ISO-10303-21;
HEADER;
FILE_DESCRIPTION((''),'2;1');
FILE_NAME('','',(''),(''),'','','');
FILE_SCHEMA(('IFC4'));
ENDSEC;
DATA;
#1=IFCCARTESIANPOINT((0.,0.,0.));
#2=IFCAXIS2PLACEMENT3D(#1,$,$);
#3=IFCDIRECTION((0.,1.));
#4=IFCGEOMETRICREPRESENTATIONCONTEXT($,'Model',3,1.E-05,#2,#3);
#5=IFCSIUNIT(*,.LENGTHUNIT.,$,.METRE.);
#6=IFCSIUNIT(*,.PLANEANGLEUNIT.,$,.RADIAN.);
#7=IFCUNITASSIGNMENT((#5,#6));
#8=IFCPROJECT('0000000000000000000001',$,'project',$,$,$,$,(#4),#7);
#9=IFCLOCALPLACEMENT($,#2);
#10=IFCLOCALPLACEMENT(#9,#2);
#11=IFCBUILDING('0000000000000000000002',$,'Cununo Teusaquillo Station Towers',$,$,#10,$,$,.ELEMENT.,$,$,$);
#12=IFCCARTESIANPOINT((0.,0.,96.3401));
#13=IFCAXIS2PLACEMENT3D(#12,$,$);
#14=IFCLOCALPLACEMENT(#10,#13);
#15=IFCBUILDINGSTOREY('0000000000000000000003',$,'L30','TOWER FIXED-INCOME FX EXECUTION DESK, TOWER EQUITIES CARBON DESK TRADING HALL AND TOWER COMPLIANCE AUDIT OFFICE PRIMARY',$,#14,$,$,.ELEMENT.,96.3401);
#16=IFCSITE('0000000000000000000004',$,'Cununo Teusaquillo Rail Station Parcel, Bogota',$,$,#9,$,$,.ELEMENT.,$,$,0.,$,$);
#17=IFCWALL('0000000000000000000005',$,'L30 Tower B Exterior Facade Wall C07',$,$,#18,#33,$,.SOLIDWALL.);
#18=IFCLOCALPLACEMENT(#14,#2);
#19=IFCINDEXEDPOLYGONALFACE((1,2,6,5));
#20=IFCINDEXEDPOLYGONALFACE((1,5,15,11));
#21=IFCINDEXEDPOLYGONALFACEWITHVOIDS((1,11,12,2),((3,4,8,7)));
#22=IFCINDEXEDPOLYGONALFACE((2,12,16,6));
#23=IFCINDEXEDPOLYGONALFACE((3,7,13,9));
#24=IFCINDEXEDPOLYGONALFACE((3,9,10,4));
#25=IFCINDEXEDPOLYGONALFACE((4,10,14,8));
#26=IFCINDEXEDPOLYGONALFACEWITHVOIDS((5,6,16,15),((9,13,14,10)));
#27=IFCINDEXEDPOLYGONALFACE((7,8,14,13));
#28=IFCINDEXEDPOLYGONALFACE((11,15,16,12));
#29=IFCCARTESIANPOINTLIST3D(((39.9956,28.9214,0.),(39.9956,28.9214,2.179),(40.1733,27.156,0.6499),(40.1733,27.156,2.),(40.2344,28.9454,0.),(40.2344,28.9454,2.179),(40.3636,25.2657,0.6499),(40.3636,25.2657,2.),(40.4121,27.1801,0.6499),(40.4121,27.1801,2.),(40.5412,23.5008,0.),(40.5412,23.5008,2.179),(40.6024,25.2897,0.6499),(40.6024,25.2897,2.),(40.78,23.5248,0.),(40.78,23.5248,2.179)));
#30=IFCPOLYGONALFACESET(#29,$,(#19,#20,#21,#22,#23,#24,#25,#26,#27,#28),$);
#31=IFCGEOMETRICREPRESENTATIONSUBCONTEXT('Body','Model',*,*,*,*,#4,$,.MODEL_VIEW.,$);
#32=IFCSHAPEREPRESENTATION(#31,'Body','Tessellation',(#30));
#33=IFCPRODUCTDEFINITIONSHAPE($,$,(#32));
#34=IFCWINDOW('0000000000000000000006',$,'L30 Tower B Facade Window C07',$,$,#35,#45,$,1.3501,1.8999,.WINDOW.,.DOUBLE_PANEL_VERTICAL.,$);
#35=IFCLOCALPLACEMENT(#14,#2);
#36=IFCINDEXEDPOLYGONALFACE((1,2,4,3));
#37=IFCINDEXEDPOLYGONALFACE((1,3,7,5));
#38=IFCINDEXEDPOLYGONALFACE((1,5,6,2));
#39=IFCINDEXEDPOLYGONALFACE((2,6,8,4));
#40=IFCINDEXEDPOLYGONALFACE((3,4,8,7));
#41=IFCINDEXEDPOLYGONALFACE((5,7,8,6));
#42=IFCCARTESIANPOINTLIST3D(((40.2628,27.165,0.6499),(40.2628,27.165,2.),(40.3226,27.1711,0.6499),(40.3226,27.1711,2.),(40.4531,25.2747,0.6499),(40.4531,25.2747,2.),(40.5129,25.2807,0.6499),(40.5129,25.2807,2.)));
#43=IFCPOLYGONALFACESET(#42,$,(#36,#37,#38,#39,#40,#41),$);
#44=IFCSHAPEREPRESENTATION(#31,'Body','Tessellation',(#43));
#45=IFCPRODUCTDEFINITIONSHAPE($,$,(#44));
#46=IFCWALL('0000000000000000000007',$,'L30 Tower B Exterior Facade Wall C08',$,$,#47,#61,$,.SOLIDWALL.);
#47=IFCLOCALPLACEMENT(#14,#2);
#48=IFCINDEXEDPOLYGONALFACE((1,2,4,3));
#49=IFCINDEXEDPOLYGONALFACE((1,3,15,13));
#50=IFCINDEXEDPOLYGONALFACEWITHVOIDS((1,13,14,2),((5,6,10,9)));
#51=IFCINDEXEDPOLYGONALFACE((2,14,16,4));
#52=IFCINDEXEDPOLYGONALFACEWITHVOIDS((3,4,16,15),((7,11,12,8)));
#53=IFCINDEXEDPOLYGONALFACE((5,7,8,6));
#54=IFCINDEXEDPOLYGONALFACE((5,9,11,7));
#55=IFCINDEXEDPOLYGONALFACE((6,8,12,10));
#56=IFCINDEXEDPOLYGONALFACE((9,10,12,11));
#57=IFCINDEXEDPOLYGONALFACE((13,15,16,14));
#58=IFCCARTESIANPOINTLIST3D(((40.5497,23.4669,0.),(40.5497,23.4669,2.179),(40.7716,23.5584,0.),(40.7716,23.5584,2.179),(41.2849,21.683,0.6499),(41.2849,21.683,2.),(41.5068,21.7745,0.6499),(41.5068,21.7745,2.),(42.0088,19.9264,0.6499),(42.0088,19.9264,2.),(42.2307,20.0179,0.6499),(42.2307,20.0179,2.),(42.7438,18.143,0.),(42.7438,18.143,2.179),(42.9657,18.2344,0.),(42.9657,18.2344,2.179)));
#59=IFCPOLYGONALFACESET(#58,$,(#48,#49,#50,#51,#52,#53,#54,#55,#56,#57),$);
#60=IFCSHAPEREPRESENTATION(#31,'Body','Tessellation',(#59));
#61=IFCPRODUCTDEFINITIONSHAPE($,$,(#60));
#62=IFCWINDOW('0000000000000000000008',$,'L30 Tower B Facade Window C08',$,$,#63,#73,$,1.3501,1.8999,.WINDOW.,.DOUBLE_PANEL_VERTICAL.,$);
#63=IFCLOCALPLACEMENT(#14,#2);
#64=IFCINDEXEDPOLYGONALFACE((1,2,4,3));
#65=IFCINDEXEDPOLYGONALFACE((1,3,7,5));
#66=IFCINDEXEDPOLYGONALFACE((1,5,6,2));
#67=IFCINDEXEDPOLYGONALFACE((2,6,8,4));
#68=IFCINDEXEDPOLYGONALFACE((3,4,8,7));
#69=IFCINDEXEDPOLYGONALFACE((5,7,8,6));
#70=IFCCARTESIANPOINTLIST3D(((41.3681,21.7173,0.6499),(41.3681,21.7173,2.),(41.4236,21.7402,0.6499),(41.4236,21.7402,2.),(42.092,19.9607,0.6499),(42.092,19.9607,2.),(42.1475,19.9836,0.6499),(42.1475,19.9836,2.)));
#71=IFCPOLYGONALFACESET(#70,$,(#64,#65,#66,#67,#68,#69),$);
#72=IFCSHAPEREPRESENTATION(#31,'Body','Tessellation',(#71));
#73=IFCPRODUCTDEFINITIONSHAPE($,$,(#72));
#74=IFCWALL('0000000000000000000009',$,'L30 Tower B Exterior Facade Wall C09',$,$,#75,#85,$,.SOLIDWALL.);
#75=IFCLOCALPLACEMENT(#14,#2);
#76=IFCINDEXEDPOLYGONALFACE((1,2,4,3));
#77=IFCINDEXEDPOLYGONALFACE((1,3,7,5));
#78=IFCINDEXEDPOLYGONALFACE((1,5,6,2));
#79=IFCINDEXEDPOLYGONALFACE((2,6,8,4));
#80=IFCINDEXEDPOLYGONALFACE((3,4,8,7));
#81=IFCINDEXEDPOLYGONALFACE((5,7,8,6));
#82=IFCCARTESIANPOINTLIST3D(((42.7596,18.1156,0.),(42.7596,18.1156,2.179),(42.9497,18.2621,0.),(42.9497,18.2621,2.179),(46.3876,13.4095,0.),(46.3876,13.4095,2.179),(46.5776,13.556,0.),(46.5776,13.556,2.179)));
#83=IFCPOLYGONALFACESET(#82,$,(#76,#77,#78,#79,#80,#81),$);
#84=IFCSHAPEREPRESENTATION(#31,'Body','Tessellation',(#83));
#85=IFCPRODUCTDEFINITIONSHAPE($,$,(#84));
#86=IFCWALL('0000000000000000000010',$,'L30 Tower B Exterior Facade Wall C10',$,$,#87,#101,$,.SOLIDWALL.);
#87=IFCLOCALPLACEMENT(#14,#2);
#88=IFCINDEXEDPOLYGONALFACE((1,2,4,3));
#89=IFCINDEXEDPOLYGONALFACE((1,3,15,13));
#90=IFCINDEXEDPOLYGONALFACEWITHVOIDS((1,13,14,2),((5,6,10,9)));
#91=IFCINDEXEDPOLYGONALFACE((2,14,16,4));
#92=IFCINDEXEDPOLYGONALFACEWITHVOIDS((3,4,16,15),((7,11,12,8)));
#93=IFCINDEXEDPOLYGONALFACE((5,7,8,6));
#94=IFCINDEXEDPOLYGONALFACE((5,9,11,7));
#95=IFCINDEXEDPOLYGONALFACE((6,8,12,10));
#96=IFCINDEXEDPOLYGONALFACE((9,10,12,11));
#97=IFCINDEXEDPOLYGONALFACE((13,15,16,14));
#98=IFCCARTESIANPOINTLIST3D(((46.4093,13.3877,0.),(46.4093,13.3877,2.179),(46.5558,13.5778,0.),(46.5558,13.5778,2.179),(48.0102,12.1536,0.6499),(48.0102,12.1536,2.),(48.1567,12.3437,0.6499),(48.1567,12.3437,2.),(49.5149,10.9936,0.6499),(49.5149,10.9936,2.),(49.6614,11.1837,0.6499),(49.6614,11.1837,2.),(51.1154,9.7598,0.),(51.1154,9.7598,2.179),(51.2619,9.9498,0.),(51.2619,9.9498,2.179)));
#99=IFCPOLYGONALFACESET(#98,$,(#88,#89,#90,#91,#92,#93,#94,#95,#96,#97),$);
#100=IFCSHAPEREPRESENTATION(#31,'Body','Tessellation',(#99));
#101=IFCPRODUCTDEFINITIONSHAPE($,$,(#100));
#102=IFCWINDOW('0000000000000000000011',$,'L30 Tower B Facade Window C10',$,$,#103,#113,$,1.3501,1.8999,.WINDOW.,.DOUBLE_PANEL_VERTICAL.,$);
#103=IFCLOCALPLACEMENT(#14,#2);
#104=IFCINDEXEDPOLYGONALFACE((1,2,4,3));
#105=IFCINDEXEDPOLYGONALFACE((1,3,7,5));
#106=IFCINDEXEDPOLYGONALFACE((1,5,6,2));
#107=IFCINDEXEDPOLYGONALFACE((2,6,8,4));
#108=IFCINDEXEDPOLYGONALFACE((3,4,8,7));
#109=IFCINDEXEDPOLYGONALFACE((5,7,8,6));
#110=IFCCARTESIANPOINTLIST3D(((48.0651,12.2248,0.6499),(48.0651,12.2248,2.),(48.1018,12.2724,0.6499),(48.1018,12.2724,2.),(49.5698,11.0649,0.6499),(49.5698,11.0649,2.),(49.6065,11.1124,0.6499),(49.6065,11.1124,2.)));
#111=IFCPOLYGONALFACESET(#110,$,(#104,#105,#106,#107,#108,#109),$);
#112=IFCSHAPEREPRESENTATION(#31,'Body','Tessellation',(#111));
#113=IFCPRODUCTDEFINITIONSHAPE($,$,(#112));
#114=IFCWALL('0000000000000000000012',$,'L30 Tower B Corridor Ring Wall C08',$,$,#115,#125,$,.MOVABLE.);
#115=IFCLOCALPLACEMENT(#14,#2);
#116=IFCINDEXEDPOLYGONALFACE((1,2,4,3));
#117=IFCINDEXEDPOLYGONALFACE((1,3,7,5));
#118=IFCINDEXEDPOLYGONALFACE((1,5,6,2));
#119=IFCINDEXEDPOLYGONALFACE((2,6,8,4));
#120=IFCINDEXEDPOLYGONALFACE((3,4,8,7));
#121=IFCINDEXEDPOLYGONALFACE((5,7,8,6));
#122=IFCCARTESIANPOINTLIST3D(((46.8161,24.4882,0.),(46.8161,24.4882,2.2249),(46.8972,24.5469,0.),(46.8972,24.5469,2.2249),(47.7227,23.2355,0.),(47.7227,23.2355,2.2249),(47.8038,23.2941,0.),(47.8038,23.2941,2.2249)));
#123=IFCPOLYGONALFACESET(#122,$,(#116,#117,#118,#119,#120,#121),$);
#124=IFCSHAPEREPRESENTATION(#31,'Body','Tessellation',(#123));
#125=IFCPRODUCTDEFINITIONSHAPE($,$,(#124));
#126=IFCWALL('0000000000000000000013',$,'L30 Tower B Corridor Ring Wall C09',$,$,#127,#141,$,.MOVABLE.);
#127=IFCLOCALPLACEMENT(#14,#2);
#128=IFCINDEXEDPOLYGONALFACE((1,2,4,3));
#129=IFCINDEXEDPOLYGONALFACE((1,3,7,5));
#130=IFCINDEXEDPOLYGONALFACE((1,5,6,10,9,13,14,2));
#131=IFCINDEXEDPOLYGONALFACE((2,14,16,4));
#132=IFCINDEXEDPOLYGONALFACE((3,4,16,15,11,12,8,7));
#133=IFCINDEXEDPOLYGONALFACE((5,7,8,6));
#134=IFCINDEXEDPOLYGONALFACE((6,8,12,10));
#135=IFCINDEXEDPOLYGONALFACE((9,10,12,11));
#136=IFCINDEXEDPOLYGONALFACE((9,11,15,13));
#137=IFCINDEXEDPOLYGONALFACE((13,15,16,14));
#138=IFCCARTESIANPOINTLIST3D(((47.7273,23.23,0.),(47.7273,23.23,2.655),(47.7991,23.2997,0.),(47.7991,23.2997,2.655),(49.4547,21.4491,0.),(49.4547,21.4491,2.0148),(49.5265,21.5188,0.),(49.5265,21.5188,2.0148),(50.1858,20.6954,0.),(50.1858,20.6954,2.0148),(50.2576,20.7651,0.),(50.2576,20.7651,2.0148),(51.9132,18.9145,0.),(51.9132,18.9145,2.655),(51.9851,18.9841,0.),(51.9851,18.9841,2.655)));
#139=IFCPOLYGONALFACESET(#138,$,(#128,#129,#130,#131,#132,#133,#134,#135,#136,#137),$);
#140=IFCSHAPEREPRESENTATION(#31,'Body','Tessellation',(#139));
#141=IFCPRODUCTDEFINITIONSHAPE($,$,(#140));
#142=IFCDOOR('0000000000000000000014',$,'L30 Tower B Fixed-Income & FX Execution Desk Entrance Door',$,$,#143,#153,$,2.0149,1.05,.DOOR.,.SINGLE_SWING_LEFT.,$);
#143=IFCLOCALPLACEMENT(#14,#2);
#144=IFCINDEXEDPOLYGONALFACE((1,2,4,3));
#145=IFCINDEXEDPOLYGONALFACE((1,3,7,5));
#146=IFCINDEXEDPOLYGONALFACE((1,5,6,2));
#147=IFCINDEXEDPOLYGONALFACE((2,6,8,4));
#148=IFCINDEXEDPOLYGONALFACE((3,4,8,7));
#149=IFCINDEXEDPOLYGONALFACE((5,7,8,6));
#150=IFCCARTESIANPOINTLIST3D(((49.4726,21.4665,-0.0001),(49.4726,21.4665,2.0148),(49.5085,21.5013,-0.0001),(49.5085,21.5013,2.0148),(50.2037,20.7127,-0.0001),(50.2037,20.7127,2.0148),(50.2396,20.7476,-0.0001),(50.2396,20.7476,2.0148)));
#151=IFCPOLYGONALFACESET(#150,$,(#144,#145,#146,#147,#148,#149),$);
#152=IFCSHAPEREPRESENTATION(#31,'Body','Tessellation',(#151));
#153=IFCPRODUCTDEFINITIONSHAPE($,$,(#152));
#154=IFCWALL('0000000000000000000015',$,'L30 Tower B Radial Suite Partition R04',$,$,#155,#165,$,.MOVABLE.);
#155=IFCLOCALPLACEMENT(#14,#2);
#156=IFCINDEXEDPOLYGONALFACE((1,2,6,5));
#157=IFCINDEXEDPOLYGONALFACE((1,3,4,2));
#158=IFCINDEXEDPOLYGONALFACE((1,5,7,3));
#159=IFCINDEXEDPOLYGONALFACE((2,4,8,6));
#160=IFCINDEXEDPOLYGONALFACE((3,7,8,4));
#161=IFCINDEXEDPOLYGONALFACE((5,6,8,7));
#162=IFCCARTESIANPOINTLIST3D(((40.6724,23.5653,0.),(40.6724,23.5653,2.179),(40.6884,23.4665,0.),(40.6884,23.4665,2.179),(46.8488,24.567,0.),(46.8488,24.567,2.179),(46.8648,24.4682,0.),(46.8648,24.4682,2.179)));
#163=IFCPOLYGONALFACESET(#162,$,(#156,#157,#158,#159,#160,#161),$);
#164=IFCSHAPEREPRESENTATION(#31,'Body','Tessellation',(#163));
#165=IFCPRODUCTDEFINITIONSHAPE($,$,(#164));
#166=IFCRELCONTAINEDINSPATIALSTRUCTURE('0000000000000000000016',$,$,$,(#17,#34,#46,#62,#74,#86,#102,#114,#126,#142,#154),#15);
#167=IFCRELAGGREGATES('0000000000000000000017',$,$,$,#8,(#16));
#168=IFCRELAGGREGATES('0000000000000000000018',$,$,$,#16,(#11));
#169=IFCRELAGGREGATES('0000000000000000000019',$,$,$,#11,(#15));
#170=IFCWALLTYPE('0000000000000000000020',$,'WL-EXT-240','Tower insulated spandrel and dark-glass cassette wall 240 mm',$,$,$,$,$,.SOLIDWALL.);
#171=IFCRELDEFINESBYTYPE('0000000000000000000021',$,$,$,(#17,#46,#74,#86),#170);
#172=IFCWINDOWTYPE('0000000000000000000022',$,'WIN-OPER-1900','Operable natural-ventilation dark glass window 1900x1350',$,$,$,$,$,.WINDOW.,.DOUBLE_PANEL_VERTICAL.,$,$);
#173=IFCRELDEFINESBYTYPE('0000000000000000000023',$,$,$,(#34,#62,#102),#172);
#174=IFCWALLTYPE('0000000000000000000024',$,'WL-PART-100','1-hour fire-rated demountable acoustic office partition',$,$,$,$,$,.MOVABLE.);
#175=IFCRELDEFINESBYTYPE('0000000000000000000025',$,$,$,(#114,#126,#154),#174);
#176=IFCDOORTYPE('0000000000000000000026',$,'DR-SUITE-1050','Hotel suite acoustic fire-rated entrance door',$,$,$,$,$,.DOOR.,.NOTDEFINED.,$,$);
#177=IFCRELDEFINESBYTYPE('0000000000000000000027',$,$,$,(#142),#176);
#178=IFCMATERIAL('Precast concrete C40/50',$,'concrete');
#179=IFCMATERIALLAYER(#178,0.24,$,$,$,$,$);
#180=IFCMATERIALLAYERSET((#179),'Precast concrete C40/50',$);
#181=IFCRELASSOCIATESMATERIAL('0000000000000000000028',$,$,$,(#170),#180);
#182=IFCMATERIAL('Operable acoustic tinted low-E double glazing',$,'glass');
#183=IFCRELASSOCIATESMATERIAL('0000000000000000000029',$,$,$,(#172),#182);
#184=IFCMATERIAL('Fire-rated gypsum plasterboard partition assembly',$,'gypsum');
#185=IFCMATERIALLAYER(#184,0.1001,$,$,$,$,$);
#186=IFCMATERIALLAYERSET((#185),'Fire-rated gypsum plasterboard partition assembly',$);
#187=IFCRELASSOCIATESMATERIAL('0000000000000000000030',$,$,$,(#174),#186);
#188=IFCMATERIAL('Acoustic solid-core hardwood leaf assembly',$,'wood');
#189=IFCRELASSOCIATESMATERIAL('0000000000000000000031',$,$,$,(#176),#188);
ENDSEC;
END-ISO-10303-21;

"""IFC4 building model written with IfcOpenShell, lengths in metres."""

from ifc_helpers import new_model, si_unit, direction, frame, frame_2d, origin, place, context, subcontext, project, spatial, rectangle, extrude, source, transform, mapped, material, layer, layer_set, type_object, element, fill, save


model = new_model("IFC4")

# Units and contexts
model_context = context("Model", 3, precision=1e-05, world=origin(), true_north=direction((0.0, 1.0)))
body_context = subcontext(model_context, "Body", "Model", "MODEL_VIEW")
ifc_project = project(units=[si_unit("LENGTHUNIT", "METRE"), si_unit("PLANEANGLEUNIT", "RADIAN")], contexts=[model_context])

# Site, building, storey
site_placement = place(None, origin())
site = spatial("IfcSite", under=ifc_project, at=site_placement, Name="Cununo Teusaquillo Rail Station Parcel, Bogota", CompositionType="ELEMENT", RefElevation=0.0)
building_placement = place(site_placement, origin())
building = spatial("IfcBuilding", under=site, at=building_placement, Name="Cununo Teusaquillo Station Towers", CompositionType="ELEMENT")
storey_placement = place(building_placement, frame((0.0, 0.0, 96.3401)))
storey = spatial("IfcBuildingStorey", under=building, at=storey_placement, Name="L30", Description="TOWER FIXED-INCOME FX EXECUTION DESK, TOWER EQUITIES CARBON DESK TRADING HALL AND TOWER COMPLIANCE AUDIT OFFICE PRIMARY", CompositionType="ELEMENT", Elevation=96.3401)

# Shared definitions
ifc_material_1 = material(Name="Precast concrete C40/50", Category="concrete")
ifc_layer_1 = layer(ifc_material_1, 0.24)
ifc_layer_set_1 = layer_set([ifc_layer_1], Name="Precast concrete C40/50")
wall_type_1 = type_object("IfcWallType", Name="WL-EXT-240", Description="Tower insulated spandrel and dark-glass cassette wall 240 mm", PredefinedType="SOLIDWALL", material=ifc_layer_set_1)

# Walls, openings, windows
shared_shape_1 = source(origin(), body_context, "Body", "SweptSolid", [
    extrude(rectangle(XDim=1.8999, YDim=1.3501, at=frame_2d((0.95, 0.675))), frame((0.0, 0.1299, 0.0), z_axis=(0.0, -1.0, 0.0), x_axis=(1.0, 0.0, 0.0)), (0.0, 0.0, 1.0), 0.26),
])
ifc_material_2 = material(Name="Operable acoustic tinted low-E double glazing", Category="glass")
window_type = type_object("IfcWindowType", Name="WIN-OPER-1900", Description="Operable natural-ventilation dark glass window 1900x1350", PartitioningType="DOUBLE_PANEL_VERTICAL", PredefinedType="WINDOW", material=ifc_material_2)
shared_shape_2 = source(origin(), body_context, "Body", "SweptSolid", [
    extrude(rectangle(XDim=1.8999, YDim=1.3501, at=frame_2d((0.95, 0.675))), frame((0.0, 0.03, 0.0), z_axis=(0.0, -1.0, 0.0), x_axis=(1.0, 0.0, 0.0)), (0.0, 0.0, 1.0), 0.0601),
])
wall_1_placement = place(storey_placement, frame((40.6606, 23.5127, 0.0), z_axis=(0.0, 0.0, 1.0), x_axis=(-0.100156, 0.994972, 0.0)))
wall_1 = element("IfcWall", 1, at=wall_1_placement, inside=storey, type_object=wall_type_1, Name="L30 Tower B Exterior Facade Wall C07", PredefinedType="SOLIDWALL", context=body_context, shape_type="SweptSolid", body=[
    extrude(rectangle(XDim=5.448, YDim=0.24, at=frame_2d((2.7241, 0.0))), origin(), (0.0, 0.0, 1.0), 2.179),
])
opening_1_placement = place(wall_1_placement, frame((1.7739, 0.0, 0.6499)))
opening_1 = element("IfcOpeningElement", 2, at=opening_1_placement, cuts=wall_1, PredefinedType="OPENING", context=body_context, shape_type="MappedRepresentation", body=[
    mapped(shared_shape_1, transform((0.0, 0.0, 0.0), x_axis=(1.0, 0.0, 0.0), y_axis=(0.0, 1.0, 0.0), z_axis=(0.0, 0.0, 1.0), scale=1.0)),
])
window_1_placement = place(opening_1_placement, origin())
window_1 = element("IfcWindow", 3, at=window_1_placement, inside=storey, type_object=window_type, Name="L30 Tower B Facade Window C07", OverallHeight=1.3501, OverallWidth=1.8999, PartitioningType="DOUBLE_PANEL_VERTICAL", PredefinedType="WINDOW", context=body_context, shape_type="MappedRepresentation", body=[
    mapped(shared_shape_2, transform((0.0, 0.0, 0.0), x_axis=(1.0, 0.0, 0.0), y_axis=(0.0, 1.0, 0.0), z_axis=(0.0, 0.0, 1.0), scale=1.0)),
])
fill(opening_1, window_1)
wall_2_placement = place(storey_placement, frame((42.8547, 18.1887, 0.0), z_axis=(0.0, 0.0, 1.0), x_axis=(-0.381027, 0.924564, 0.0)))
wall_2 = element("IfcWall", 4, at=wall_2_placement, inside=storey, type_object=wall_type_1, Name="L30 Tower B Exterior Facade Wall C08", PredefinedType="SOLIDWALL", context=body_context, shape_type="SweptSolid", body=[
    extrude(rectangle(XDim=5.7583, YDim=0.24, at=frame_2d((2.8792, 0.0))), origin(), (0.0, 0.0, 1.0), 2.179),
])
opening_2_placement = place(wall_2_placement, frame((1.929, 0.0, 0.6499)))
opening_2 = element("IfcOpeningElement", 5, at=opening_2_placement, cuts=wall_2, PredefinedType="OPENING", context=body_context, shape_type="MappedRepresentation", body=[
    mapped(shared_shape_1, transform((0.0, 0.0, 0.0), x_axis=(1.0, 0.0, 0.0), y_axis=(0.0, 1.0, 0.0), z_axis=(0.0, 0.0, 1.0), scale=1.0)),
])
window_2_placement = place(opening_2_placement, origin())
window_2 = element("IfcWindow", 6, at=window_2_placement, inside=storey, type_object=window_type, Name="L30 Tower B Facade Window C08", OverallHeight=1.3501, OverallWidth=1.8999, PartitioningType="DOUBLE_PANEL_VERTICAL", PredefinedType="WINDOW", context=body_context, shape_type="MappedRepresentation", body=[
    mapped(shared_shape_2, transform((0.0, 0.0, 0.0), x_axis=(1.0, 0.0, 0.0), y_axis=(0.0, 1.0, 0.0), z_axis=(0.0, 0.0, 1.0), scale=1.0)),
])
fill(opening_2, window_2)

# Wall
wall_3_placement = place(storey_placement, frame((46.4827, 13.4827, 0.0), z_axis=(0.0, 0.0, 1.0), x_axis=(-0.610544, 0.791982, 0.0)))
element("IfcWall", 7, at=wall_3_placement, inside=storey, type_object=wall_type_1, Name="L30 Tower B Exterior Facade Wall C09", PredefinedType="SOLIDWALL", context=body_context, shape_type="SweptSolid", body=[
    extrude(rectangle(XDim=5.9421, YDim=0.24, at=frame_2d((2.9712, 0.0))), origin(), (0.0, 0.0, 1.0), 2.179),
])

# Wall, opening, window
wall_4_placement = place(storey_placement, frame((51.1887, 9.8547, 0.0), z_axis=(0.0, 0.0, 1.0), x_axis=(-0.791982, 0.610544, 0.0)))
wall_4 = element("IfcWall", 8, at=wall_4_placement, inside=storey, type_object=wall_type_1, Name="L30 Tower B Exterior Facade Wall C10", PredefinedType="SOLIDWALL", context=body_context, shape_type="SweptSolid", body=[
    extrude(rectangle(XDim=5.9421, YDim=0.24, at=frame_2d((2.9712, 0.0))), origin(), (0.0, 0.0, 1.0), 2.179),
])
opening_3_placement = place(wall_4_placement, frame((2.021, 0.0, 0.6499)))
opening_3 = element("IfcOpeningElement", 9, at=opening_3_placement, cuts=wall_4, PredefinedType="OPENING", context=body_context, shape_type="MappedRepresentation", body=[
    mapped(shared_shape_1, transform((0.0, 0.0, 0.0), x_axis=(1.0, 0.0, 0.0), y_axis=(0.0, 1.0, 0.0), z_axis=(0.0, 0.0, 1.0), scale=1.0)),
])
window_3_placement = place(opening_3_placement, origin())
window_3 = element("IfcWindow", 10, at=window_3_placement, inside=storey, type_object=window_type, Name="L30 Tower B Facade Window C10", OverallHeight=1.3501, OverallWidth=1.8999, PartitioningType="DOUBLE_PANEL_VERTICAL", PredefinedType="WINDOW", context=body_context, shape_type="MappedRepresentation", body=[
    mapped(shared_shape_2, transform((0.0, 0.0, 0.0), x_axis=(1.0, 0.0, 0.0), y_axis=(0.0, 1.0, 0.0), z_axis=(0.0, 0.0, 1.0), scale=1.0)),
])
fill(opening_3, window_3)

# Wall
ifc_material_3 = material(Name="Fire-rated gypsum plasterboard partition assembly", Category="gypsum")
ifc_layer_2 = layer(ifc_material_3, 0.1001)
ifc_layer_set_2 = layer_set([ifc_layer_2], Name="Fire-rated gypsum plasterboard partition assembly")
wall_type_2 = type_object("IfcWallType", Name="WL-PART-100", Description="1-hour fire-rated demountable acoustic office partition", PredefinedType="MOVABLE", material=ifc_layer_set_2)
wall_5_placement = place(storey_placement, frame((46.8567, 24.5176, 0.0), z_axis=(0.0, 0.0, 1.0), x_axis=(0.586245, -0.810133, 0.0)))
element("IfcWall", 11, at=wall_5_placement, inside=storey, type_object=wall_type_2, Name="L30 Tower B Corridor Ring Wall C08", PredefinedType="MOVABLE", context=body_context, shape_type="SweptSolid", body=[
    extrude(rectangle(XDim=1.5464, YDim=0.1001, at=frame_2d((0.7732, 0.0))), origin(), (0.0, 0.0, 1.0), 2.2249),
])

# Wall, opening, door
wall_6_placement = place(storey_placement, frame((47.7632, 23.2649, 0.0), z_axis=(0.0, 0.0, 1.0), x_axis=(0.696243, -0.717806, 0.0)))
wall_6 = element("IfcWall", 12, at=wall_6_placement, inside=storey, type_object=wall_type_2, Name="L30 Tower B Corridor Ring Wall C09", PredefinedType="MOVABLE", context=body_context, shape_type="SweptSolid", body=[
    extrude(rectangle(XDim=6.0122, YDim=0.1001, at=frame_2d((3.0061, 0.0))), origin(), (0.0, 0.0, 1.0), 2.655),
])
shared_shape_3 = source(origin(), body_context, "Body", "SweptSolid", [
    extrude(rectangle(XDim=1.05, YDim=2.0149, at=frame_2d((0.5249, 1.0073))), frame((0.0, 0.0601, 0.0), z_axis=(0.0, -1.0, 0.0), x_axis=(1.0, 0.0, 0.0)), (0.0, 0.0, 1.0), 0.1201),
])
opening_4_placement = place(wall_6_placement, frame((2.4812, 0.0, 0.0)))
opening_4 = element("IfcOpeningElement", 13, at=opening_4_placement, cuts=wall_6, PredefinedType="OPENING", context=body_context, shape_type="MappedRepresentation", body=[
    mapped(shared_shape_3, transform((0.0, 0.0, 0.0), x_axis=(1.0, 0.0, 0.0), y_axis=(0.0, 1.0, 0.0), z_axis=(0.0, 0.0, 1.0), scale=1.0)),
])
ifc_material_4 = material(Name="Acoustic solid-core hardwood leaf assembly", Category="wood")
door_type_1 = type_object("IfcDoorType", Name="DR-SUITE-1050", Description="Hotel suite acoustic fire-rated entrance door", OperationType="NOTDEFINED", PredefinedType="DOOR", material=ifc_material_4)
shared_shape_4 = source(origin(), body_context, "Body", "SweptSolid", [
    extrude(rectangle(XDim=1.05, YDim=2.0149, at=frame_2d((0.5249, 1.0073))), frame((0.0, 0.0249, 0.0), z_axis=(0.0, -1.0, 0.0), x_axis=(1.0, 0.0, 0.0)), (0.0, 0.0, 1.0), 0.05),
])
door_1_placement = place(opening_4_placement, origin())
door_1 = element("IfcDoor", 14, at=door_1_placement, inside=storey, type_object=door_type_1, Name="L30 Tower B Fixed-Income & FX Execution Desk Entrance Door", OperationType="SINGLE_SWING_LEFT", OverallHeight=2.0149, OverallWidth=1.05, PredefinedType="DOOR", context=body_context, shape_type="MappedRepresentation", body=[
    mapped(shared_shape_4, transform((0.0, 0.0, 0.0), x_axis=(1.0, 0.0, 0.0), y_axis=(0.0, 1.0, 0.0), z_axis=(0.0, 0.0, 1.0), scale=1.0)),
])
fill(opening_4, door_1)

# Wall
wall_7_placement = place(storey_placement, frame((46.8567, 24.5176, 0.0), z_axis=(0.0, 0.0, 1.0), x_axis=(-0.987102, -0.160095, 0.0)))
element("IfcWall", 15, at=wall_7_placement, inside=storey, type_object=wall_type_2, Name="L30 Tower B Radial Suite Partition R04", PredefinedType="MOVABLE", context=body_context, shape_type="SweptSolid", body=[
    extrude(rectangle(XDim=6.2571, YDim=0.1001, at=frame_2d((3.1284, 0.0))), origin(), (0.0, 0.0, 1.0), 2.179),
])

save(model, "model.ifc")
